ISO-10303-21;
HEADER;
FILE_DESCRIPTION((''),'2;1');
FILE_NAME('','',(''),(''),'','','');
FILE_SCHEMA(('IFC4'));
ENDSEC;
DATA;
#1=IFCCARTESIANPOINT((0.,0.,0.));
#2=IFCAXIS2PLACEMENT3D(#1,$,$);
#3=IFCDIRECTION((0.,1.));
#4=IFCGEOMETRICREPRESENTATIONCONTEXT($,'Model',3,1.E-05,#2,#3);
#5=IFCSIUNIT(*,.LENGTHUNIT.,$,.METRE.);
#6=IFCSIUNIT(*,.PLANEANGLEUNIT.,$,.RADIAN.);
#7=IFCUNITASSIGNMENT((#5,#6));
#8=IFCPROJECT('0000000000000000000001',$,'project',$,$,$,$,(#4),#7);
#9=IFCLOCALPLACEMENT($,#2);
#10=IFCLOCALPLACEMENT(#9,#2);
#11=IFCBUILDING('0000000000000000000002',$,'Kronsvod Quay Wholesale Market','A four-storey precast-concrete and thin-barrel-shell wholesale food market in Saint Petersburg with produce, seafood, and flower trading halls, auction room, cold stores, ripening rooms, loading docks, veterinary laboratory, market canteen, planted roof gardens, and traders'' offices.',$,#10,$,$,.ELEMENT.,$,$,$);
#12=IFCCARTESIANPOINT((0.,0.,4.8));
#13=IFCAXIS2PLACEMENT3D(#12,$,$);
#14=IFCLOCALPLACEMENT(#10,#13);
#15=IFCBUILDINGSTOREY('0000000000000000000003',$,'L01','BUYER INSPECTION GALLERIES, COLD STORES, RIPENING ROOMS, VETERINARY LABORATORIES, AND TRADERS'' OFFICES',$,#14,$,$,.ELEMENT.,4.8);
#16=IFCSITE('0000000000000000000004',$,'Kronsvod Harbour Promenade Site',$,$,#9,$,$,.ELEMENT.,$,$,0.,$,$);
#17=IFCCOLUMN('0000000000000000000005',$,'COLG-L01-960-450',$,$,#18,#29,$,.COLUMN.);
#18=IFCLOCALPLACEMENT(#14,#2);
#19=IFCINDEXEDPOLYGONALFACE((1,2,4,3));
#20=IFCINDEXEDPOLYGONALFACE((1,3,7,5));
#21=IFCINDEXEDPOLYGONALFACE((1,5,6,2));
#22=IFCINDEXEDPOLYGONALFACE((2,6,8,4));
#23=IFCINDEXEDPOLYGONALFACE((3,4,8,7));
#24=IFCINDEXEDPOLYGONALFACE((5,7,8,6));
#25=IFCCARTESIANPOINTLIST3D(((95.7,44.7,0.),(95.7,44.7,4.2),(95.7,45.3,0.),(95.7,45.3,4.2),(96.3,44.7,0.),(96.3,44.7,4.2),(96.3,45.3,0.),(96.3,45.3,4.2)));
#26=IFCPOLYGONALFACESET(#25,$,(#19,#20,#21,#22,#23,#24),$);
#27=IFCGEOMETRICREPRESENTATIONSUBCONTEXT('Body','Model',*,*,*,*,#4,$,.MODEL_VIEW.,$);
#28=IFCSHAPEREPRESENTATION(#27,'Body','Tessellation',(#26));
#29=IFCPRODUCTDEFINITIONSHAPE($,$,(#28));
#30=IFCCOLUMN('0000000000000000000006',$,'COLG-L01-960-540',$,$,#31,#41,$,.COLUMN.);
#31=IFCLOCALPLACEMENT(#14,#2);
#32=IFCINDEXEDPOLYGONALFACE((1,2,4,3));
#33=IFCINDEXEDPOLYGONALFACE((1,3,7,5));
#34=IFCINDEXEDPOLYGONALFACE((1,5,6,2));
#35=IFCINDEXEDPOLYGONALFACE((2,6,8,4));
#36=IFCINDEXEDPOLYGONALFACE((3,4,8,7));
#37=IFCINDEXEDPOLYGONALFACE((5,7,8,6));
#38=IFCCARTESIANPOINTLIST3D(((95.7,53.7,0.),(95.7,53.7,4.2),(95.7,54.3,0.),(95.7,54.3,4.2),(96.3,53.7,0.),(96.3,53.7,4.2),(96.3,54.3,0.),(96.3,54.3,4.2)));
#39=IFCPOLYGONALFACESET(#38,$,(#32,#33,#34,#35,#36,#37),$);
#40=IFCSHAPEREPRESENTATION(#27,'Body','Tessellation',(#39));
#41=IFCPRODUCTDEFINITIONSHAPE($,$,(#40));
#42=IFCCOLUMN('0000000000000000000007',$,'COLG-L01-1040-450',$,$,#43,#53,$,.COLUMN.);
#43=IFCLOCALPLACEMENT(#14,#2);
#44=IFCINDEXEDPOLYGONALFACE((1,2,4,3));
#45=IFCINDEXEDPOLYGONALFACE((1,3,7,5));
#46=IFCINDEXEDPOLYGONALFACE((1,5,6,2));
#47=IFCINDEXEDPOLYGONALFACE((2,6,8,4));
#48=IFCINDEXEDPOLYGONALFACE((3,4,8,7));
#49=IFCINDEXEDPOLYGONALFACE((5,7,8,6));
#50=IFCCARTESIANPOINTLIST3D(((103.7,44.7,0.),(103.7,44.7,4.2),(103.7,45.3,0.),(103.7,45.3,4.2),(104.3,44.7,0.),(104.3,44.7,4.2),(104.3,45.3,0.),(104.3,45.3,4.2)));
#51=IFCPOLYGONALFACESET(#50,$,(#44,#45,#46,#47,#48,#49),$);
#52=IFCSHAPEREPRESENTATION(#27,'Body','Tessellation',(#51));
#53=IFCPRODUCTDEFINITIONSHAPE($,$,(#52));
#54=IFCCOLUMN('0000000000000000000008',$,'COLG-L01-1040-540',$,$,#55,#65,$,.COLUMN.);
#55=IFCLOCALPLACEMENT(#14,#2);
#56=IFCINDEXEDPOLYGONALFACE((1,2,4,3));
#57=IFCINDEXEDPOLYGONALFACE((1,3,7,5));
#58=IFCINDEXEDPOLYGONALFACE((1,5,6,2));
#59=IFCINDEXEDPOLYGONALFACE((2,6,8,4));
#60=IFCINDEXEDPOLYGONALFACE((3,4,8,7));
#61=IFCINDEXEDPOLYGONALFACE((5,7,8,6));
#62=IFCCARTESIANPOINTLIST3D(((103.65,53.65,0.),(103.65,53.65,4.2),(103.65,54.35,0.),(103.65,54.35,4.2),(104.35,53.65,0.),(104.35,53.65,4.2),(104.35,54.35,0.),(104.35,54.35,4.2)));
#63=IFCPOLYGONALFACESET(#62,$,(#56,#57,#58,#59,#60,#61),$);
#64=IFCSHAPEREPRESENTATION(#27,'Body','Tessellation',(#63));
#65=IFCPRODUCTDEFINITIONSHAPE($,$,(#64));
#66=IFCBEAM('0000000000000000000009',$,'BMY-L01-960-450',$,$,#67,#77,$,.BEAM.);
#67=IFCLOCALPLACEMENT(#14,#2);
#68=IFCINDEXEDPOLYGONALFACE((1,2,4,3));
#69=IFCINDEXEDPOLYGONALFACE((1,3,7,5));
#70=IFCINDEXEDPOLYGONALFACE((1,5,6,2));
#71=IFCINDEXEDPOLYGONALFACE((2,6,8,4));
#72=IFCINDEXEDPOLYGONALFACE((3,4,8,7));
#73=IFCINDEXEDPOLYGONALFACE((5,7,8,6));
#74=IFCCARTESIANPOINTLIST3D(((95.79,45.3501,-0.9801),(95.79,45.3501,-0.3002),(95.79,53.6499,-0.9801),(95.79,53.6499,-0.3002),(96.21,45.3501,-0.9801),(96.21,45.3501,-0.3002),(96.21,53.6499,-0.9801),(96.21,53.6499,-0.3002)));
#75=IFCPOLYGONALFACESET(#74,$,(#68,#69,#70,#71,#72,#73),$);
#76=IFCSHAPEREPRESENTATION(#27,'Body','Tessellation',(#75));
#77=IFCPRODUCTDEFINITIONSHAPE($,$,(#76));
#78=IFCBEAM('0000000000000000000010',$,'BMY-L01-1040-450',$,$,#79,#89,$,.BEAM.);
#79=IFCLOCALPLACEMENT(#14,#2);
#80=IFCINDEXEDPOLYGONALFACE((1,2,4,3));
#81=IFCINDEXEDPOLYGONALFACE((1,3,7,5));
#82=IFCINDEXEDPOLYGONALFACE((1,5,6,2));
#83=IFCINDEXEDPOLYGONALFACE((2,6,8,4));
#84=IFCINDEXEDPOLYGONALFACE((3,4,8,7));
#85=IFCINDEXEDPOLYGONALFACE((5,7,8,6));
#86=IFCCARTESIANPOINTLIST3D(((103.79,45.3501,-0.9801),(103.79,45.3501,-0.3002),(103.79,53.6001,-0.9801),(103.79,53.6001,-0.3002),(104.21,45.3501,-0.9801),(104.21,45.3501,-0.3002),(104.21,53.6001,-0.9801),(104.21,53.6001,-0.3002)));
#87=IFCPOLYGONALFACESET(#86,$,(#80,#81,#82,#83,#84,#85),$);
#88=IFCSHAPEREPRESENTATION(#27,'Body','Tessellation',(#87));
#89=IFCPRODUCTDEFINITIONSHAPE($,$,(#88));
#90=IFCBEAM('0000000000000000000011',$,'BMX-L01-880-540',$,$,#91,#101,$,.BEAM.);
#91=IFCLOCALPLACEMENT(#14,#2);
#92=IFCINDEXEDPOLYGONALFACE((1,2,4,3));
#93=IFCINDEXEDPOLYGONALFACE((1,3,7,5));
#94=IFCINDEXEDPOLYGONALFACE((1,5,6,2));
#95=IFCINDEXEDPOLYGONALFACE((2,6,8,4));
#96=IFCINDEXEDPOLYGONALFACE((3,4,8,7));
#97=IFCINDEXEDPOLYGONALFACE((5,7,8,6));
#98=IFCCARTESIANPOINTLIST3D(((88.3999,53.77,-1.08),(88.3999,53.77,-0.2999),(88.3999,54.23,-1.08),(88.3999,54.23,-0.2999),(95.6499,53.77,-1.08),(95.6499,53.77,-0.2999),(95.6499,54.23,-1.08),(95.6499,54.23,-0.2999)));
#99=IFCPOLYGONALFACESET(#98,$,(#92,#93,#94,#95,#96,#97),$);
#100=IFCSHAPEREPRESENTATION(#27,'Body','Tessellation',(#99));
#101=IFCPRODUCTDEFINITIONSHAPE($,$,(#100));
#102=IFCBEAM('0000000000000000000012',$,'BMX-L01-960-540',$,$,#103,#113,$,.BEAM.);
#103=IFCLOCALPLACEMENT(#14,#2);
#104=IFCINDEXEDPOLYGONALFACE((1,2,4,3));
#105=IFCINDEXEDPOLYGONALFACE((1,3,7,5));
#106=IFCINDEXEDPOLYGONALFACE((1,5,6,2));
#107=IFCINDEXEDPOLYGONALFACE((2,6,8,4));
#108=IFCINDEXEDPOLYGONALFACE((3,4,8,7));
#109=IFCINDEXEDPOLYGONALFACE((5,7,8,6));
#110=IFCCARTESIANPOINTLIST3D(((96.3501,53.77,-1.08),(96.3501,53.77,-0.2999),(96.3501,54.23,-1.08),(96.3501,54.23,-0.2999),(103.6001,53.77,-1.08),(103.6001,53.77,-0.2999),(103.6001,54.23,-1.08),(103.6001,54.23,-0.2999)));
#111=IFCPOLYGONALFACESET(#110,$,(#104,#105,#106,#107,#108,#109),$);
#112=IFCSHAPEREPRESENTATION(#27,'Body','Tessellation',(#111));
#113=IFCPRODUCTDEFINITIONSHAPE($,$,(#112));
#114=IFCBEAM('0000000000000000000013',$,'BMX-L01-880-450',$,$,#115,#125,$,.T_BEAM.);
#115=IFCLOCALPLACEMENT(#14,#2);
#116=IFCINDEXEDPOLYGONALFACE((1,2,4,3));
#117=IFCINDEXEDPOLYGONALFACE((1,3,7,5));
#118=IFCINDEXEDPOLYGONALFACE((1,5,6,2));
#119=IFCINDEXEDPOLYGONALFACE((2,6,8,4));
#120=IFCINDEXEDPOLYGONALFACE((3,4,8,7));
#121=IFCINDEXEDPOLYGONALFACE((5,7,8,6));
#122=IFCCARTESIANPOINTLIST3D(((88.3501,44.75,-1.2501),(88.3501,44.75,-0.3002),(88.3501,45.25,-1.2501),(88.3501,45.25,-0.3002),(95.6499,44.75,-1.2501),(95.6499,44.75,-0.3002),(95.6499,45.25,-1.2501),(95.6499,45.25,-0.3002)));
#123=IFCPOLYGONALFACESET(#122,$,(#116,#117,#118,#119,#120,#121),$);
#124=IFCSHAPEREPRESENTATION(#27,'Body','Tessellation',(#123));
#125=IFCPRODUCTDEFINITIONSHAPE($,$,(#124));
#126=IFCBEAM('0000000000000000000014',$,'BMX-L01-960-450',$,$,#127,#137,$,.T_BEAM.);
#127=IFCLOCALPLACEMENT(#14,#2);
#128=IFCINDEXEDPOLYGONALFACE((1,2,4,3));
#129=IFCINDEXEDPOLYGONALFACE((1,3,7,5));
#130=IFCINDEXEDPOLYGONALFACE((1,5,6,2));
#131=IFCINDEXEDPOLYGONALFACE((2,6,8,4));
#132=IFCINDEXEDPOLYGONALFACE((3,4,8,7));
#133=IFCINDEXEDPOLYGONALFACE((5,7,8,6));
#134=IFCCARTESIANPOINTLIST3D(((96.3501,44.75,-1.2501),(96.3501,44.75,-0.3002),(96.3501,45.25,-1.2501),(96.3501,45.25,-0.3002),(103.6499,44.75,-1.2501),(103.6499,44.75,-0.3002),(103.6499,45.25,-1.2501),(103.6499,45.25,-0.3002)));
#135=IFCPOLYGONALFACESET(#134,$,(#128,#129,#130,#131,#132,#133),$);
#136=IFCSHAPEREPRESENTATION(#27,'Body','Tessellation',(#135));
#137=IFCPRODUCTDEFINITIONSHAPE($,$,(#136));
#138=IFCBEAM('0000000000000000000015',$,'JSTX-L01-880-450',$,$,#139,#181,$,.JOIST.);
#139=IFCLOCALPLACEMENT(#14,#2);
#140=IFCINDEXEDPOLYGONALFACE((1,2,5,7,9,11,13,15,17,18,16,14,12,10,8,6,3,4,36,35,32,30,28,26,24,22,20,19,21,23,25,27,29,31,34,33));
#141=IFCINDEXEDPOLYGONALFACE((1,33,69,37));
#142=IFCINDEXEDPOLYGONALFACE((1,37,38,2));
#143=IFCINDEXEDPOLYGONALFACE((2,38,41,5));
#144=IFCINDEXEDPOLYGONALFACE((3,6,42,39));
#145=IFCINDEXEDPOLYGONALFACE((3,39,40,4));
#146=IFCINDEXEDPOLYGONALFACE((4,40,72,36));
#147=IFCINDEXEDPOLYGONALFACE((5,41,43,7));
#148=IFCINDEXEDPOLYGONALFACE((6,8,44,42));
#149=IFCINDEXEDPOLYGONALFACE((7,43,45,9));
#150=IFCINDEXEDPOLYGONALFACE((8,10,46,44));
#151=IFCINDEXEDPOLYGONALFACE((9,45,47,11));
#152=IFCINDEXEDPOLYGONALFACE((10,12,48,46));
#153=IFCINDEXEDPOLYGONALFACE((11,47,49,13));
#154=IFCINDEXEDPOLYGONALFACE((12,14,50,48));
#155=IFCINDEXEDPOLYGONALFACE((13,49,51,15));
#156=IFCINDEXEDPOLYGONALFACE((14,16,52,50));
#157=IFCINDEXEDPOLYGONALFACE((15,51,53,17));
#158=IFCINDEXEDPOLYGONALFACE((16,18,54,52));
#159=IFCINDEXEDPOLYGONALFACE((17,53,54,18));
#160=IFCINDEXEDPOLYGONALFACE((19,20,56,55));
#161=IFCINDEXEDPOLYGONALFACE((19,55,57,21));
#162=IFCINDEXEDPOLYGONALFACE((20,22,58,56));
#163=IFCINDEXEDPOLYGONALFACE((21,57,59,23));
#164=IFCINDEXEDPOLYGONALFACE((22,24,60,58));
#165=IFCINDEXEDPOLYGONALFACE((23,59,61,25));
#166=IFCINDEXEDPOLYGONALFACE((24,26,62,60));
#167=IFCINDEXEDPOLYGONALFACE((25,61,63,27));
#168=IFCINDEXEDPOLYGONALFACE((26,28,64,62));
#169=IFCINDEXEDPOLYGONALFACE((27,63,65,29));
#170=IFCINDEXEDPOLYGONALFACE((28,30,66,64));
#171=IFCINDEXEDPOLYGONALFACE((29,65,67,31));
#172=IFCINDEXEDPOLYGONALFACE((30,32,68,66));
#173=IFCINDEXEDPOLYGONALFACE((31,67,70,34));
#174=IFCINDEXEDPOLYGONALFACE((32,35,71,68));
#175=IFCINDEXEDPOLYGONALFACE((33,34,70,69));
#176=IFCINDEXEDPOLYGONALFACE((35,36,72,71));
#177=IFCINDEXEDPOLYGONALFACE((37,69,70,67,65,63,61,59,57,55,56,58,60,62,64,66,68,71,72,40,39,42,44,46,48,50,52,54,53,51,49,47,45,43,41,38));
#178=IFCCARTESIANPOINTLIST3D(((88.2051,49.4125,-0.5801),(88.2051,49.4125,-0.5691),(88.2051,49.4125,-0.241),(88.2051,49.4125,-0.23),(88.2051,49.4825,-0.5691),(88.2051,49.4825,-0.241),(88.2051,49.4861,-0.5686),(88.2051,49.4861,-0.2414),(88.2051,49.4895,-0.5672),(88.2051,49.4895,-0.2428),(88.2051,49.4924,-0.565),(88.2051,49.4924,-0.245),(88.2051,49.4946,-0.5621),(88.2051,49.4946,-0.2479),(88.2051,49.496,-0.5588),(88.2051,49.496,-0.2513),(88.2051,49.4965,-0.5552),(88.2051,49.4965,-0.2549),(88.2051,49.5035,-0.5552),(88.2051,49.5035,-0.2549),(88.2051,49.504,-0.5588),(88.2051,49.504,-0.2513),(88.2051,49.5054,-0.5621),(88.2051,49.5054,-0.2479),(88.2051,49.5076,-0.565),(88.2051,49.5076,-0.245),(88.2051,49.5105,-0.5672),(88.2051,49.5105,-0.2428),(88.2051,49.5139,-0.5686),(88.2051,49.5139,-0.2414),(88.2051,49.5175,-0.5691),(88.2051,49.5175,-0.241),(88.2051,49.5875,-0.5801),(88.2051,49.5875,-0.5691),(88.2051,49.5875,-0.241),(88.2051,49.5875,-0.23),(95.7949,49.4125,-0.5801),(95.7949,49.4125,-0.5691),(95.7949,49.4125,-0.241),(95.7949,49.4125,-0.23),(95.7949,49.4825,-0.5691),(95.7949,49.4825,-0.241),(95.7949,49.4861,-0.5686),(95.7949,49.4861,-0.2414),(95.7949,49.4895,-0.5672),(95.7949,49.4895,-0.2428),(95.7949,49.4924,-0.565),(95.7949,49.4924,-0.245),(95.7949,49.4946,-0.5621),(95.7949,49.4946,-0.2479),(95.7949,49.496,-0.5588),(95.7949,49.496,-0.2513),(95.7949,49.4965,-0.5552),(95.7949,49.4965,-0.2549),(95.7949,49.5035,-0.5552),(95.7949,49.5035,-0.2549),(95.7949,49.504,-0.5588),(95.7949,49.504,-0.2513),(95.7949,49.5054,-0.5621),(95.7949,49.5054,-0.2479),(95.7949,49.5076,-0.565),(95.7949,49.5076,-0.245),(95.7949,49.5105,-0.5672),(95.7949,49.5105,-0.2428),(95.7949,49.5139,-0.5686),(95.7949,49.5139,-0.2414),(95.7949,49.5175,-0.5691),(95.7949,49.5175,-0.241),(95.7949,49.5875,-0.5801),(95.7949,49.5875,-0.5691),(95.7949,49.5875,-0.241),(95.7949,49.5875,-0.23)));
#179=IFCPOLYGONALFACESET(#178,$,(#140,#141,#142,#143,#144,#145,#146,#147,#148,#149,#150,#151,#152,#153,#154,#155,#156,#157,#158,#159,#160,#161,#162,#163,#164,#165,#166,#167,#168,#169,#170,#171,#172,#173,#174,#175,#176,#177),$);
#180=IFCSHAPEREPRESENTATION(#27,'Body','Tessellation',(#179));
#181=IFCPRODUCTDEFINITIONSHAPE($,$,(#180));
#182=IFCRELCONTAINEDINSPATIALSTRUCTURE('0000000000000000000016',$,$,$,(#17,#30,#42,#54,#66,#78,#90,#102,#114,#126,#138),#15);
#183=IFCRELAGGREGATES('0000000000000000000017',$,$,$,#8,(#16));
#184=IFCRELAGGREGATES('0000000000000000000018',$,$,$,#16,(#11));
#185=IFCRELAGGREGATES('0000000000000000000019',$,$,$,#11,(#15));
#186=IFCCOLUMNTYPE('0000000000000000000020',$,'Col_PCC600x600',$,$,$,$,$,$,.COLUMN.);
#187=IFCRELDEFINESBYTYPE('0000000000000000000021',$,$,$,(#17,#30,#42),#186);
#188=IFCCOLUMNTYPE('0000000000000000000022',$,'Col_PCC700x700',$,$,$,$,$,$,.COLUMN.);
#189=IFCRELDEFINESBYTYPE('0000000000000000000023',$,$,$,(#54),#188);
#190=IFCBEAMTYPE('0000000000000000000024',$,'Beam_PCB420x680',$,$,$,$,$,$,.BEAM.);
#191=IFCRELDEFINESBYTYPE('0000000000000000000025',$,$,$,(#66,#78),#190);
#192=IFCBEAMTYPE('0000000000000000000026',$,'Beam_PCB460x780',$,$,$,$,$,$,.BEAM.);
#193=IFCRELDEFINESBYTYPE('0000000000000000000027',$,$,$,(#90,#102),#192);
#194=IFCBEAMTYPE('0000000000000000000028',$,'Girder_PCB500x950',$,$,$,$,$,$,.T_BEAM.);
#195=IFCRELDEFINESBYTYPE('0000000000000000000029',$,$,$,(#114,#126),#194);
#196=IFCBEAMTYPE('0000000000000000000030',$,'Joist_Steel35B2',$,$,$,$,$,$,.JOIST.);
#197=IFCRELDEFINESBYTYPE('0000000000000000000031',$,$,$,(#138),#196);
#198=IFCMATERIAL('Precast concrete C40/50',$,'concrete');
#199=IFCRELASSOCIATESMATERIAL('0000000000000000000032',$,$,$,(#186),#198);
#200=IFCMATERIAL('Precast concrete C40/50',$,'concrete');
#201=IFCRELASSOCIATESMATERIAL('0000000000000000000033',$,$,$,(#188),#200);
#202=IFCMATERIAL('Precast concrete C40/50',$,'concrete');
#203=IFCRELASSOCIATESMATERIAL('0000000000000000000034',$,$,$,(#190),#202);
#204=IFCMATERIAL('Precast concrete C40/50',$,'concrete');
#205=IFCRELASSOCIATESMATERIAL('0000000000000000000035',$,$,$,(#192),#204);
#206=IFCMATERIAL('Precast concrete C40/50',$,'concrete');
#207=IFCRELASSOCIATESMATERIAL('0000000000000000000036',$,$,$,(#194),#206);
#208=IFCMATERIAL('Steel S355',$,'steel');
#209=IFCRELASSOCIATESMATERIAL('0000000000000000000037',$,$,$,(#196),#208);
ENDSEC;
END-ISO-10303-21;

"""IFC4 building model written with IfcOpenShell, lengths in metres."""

from ifc_helpers import new_model, si_unit, direction, frame, origin, origin_2d, place, context, subcontext, project, spatial, rectangle, i_section, extrude, material, material_profile, profile_set, type_object, element, save


model = new_model("IFC4")

# Units and contexts
model_context = context("Model", 3, precision=1e-05, world=origin(), true_north=direction((0.0, 1.0)))
body_context = subcontext(model_context, "Body", "Model", "MODEL_VIEW")
ifc_project = project(units=[si_unit("LENGTHUNIT", "METRE"), si_unit("PLANEANGLEUNIT", "RADIAN")], contexts=[model_context])

# Site, building, storey
site_placement = place(None, origin())
site = spatial("IfcSite", under=ifc_project, at=site_placement, Name="Kronsvod Harbour Promenade Site", CompositionType="ELEMENT", RefElevation=0.0)
building_placement = place(site_placement, origin())
building = spatial("IfcBuilding", under=site, at=building_placement, Name="Kronsvod Quay Wholesale Market", Description="A four-storey precast-concrete and thin-barrel-shell wholesale food market in Saint Petersburg with produce, seafood, and flower trading halls, auction room, cold stores, ripening rooms, loading docks, veterinary laboratory, market canteen, planted roof gardens, and traders' offices.", CompositionType="ELEMENT")
storey_placement = place(building_placement, frame((0.0, 0.0, 4.8)))
storey = spatial("IfcBuildingStorey", under=building, at=storey_placement, Name="L01", Description="BUYER INSPECTION GALLERIES, COLD STORES, RIPENING ROOMS, VETERINARY LABORATORIES, AND TRADERS' OFFICES", CompositionType="ELEMENT", Elevation=4.8)

# Columns
ifc_material_1 = material(Name="Precast concrete C40/50", Category="concrete")
ifc_material_profile_1 = material_profile(ifc_material_1, rectangle(XDim=0.6001, YDim=0.6001, at=origin_2d()), Name="PCC600x600")
ifc_profile_set_1 = profile_set([ifc_material_profile_1], Name="Precast concrete C40/50")
column_type_1 = type_object("IfcColumnType", Name="Col_PCC600x600", PredefinedType="COLUMN", material=ifc_profile_set_1)
for number, where, z_axis, x_axis, name in (
    (1, (96.0, 45.0, 0.0), (0.0, 0.0, 1.0), (1.0, 0.0, 0.0), "COLG-L01-960-450"),
    (2, (96.0, 54.0, 0.0), (0.0, 0.0, 1.0), (1.0, 0.0, 0.0), "COLG-L01-960-540"),
    (3, (104.0, 45.0, 0.0), (0.0, 0.0, 1.0), (1.0, 0.0, 0.0), "COLG-L01-1040-450"),
):
    element("IfcColumn", number, at=place(storey_placement, frame(where, z_axis=z_axis, x_axis=x_axis)), inside=storey, type_object=column_type_1, Name=name, PredefinedType="COLUMN", context=body_context, shape_type="SweptSolid", body=[
        extrude(rectangle(XDim=0.6001, YDim=0.6001, at=origin_2d()), origin(), (0.0, 0.0, 1.0), 4.2),
    ])
ifc_material_2 = material(Name="Precast concrete C40/50", Category="concrete")
ifc_material_profile_2 = material_profile(ifc_material_2, rectangle(XDim=0.7, YDim=0.7, at=origin_2d()), Name="PCC700x700")
ifc_profile_set_2 = profile_set([ifc_material_profile_2], Name="Precast concrete C40/50")
column_type_2 = type_object("IfcColumnType", Name="Col_PCC700x700", PredefinedType="COLUMN", material=ifc_profile_set_2)
column_placement = place(storey_placement, frame((104.0, 54.0, 0.0), z_axis=(0.0, 0.0, 1.0), x_axis=(1.0, 0.0, 0.0)))
element("IfcColumn", 4, at=column_placement, inside=storey, type_object=column_type_2, Name="COLG-L01-1040-540", PredefinedType="COLUMN", context=body_context, shape_type="SweptSolid", body=[
    extrude(rectangle(XDim=0.7, YDim=0.7, at=origin_2d()), origin(), (0.0, 0.0, 1.0), 4.2),
])

# Beams
ifc_material_3 = material(Name="Precast concrete C40/50", Category="concrete")
ifc_material_profile_3 = material_profile(ifc_material_3, rectangle(XDim=0.4199, YDim=0.6799, at=origin_2d()), Name="PB-05")
ifc_profile_set_3 = profile_set([ifc_material_profile_3], Name="Precast concrete C40/50")
beam_type_1 = type_object("IfcBeamType", Name="Beam_PCB420x680", PredefinedType="BEAM", material=ifc_profile_set_3)
beam_1_placement = place(storey_placement, frame((96.0, 45.3501, -0.6401), z_axis=(0.0, 1.0, 0.0), x_axis=(-1.0, 0.0, 0.0)))
element("IfcBeam", 5, at=beam_1_placement, inside=storey, type_object=beam_type_1, Name="BMY-L01-960-450", PredefinedType="BEAM", context=body_context, shape_type="SweptSolid", body=[
    extrude(rectangle(XDim=0.4199, YDim=0.6799, at=origin_2d()), origin(), (0.0, 0.0, 1.0), 8.2998),
])
beam_2_placement = place(storey_placement, frame((104.0, 45.3501, -0.6401), z_axis=(0.0, 1.0, 0.0), x_axis=(-1.0, 0.0, 0.0)))
element("IfcBeam", 6, at=beam_2_placement, inside=storey, type_object=beam_type_1, Name="BMY-L01-1040-450", PredefinedType="BEAM", context=body_context, shape_type="SweptSolid", body=[
    extrude(rectangle(XDim=0.4199, YDim=0.6799, at=origin_2d()), origin(), (0.0, 0.0, 1.0), 8.25),
])
ifc_material_4 = material(Name="Precast concrete C40/50", Category="concrete")
ifc_material_profile_4 = material_profile(ifc_material_4, rectangle(XDim=0.46, YDim=0.78, at=origin_2d()), Name="PB-03")
ifc_profile_set_4 = profile_set([ifc_material_profile_4], Name="Precast concrete C40/50")
beam_type_2 = type_object("IfcBeamType", Name="Beam_PCB460x780", PredefinedType="BEAM", material=ifc_profile_set_4)
for number, where, z_axis, x_axis, name in (
    (7, (88.3999, 54.0, -0.6899), (1.0, 0.0, 0.0), (0.0, 1.0, 0.0), "BMX-L01-880-540"),
    (8, (96.3501, 54.0, -0.6899), (1.0, 0.0, 0.0), (0.0, 1.0, 0.0), "BMX-L01-960-540"),
):
    element("IfcBeam", number, at=place(storey_placement, frame(where, z_axis=z_axis, x_axis=x_axis)), inside=storey, type_object=beam_type_2, Name=name, PredefinedType="BEAM", context=body_context, shape_type="SweptSolid", body=[
        extrude(rectangle(XDim=0.46, YDim=0.78, at=origin_2d()), origin(), (0.0, 0.0, 1.0), 7.25),
    ])
ifc_material_5 = material(Name="Precast concrete C40/50", Category="concrete")
ifc_material_profile_5 = material_profile(ifc_material_5, rectangle(XDim=0.5, YDim=0.95, at=origin_2d()), Name="PCB500x950")
ifc_profile_set_5 = profile_set([ifc_material_profile_5], Name="Precast concrete C40/50")
beam_type_3 = type_object("IfcBeamType", Name="Girder_PCB500x950", PredefinedType="T_BEAM", material=ifc_profile_set_5)
for number, where, z_axis, x_axis, name in (
    (9, (88.3501, 45.0, -0.7751), (1.0, 0.0, 0.0), (0.0, 1.0, 0.0), "BMX-L01-880-450"),
    (10, (96.3501, 45.0, -0.7751), (1.0, 0.0, 0.0), (0.0, 1.0, 0.0), "BMX-L01-960-450"),
):
    element("IfcBeam", number, at=place(storey_placement, frame(where, z_axis=z_axis, x_axis=x_axis)), inside=storey, type_object=beam_type_3, Name=name, PredefinedType="T_BEAM", context=body_context, shape_type="SweptSolid", body=[
        extrude(rectangle(XDim=0.5, YDim=0.95, at=origin_2d()), origin(), (0.0, 0.0, 1.0), 7.2998),
    ])
ifc_material_6 = material(Name="Steel S355", Category="steel")
ifc_material_profile_6 = material_profile(ifc_material_6, i_section(OverallWidth=0.175, OverallDepth=0.3501, WebThickness=0.0071, FlangeThickness=0.011, FilletRadius=0.0139, at=origin_2d()), Name="35B2")
ifc_profile_set_6 = profile_set([ifc_material_profile_6], Name="Steel S355")
beam_type_4 = type_object("IfcBeamType", Name="Joist_Steel35B2", PredefinedType="JOIST", material=ifc_profile_set_6)
for number, where, z_axis, x_axis, name in (
    (11, (88.2051, 49.5, -0.405), (1.0, 0.0, 0.0), (0.0, 1.0, 0.0), "JSTX-L01-880-450"),
):
    element("IfcBeam", number, at=place(storey_placement, frame(where, z_axis=z_axis, x_axis=x_axis)), inside=storey, type_object=beam_type_4, Name=name, PredefinedType="JOIST", context=body_context, shape_type="SweptSolid", body=[
        extrude(i_section(OverallWidth=0.175, OverallDepth=0.3501, WebThickness=0.0071, FlangeThickness=0.011, FilletRadius=0.0139, at=origin_2d()), origin(), (0.0, 0.0, 1.0), 7.5898),
    ])

save(model, "model.ifc")
